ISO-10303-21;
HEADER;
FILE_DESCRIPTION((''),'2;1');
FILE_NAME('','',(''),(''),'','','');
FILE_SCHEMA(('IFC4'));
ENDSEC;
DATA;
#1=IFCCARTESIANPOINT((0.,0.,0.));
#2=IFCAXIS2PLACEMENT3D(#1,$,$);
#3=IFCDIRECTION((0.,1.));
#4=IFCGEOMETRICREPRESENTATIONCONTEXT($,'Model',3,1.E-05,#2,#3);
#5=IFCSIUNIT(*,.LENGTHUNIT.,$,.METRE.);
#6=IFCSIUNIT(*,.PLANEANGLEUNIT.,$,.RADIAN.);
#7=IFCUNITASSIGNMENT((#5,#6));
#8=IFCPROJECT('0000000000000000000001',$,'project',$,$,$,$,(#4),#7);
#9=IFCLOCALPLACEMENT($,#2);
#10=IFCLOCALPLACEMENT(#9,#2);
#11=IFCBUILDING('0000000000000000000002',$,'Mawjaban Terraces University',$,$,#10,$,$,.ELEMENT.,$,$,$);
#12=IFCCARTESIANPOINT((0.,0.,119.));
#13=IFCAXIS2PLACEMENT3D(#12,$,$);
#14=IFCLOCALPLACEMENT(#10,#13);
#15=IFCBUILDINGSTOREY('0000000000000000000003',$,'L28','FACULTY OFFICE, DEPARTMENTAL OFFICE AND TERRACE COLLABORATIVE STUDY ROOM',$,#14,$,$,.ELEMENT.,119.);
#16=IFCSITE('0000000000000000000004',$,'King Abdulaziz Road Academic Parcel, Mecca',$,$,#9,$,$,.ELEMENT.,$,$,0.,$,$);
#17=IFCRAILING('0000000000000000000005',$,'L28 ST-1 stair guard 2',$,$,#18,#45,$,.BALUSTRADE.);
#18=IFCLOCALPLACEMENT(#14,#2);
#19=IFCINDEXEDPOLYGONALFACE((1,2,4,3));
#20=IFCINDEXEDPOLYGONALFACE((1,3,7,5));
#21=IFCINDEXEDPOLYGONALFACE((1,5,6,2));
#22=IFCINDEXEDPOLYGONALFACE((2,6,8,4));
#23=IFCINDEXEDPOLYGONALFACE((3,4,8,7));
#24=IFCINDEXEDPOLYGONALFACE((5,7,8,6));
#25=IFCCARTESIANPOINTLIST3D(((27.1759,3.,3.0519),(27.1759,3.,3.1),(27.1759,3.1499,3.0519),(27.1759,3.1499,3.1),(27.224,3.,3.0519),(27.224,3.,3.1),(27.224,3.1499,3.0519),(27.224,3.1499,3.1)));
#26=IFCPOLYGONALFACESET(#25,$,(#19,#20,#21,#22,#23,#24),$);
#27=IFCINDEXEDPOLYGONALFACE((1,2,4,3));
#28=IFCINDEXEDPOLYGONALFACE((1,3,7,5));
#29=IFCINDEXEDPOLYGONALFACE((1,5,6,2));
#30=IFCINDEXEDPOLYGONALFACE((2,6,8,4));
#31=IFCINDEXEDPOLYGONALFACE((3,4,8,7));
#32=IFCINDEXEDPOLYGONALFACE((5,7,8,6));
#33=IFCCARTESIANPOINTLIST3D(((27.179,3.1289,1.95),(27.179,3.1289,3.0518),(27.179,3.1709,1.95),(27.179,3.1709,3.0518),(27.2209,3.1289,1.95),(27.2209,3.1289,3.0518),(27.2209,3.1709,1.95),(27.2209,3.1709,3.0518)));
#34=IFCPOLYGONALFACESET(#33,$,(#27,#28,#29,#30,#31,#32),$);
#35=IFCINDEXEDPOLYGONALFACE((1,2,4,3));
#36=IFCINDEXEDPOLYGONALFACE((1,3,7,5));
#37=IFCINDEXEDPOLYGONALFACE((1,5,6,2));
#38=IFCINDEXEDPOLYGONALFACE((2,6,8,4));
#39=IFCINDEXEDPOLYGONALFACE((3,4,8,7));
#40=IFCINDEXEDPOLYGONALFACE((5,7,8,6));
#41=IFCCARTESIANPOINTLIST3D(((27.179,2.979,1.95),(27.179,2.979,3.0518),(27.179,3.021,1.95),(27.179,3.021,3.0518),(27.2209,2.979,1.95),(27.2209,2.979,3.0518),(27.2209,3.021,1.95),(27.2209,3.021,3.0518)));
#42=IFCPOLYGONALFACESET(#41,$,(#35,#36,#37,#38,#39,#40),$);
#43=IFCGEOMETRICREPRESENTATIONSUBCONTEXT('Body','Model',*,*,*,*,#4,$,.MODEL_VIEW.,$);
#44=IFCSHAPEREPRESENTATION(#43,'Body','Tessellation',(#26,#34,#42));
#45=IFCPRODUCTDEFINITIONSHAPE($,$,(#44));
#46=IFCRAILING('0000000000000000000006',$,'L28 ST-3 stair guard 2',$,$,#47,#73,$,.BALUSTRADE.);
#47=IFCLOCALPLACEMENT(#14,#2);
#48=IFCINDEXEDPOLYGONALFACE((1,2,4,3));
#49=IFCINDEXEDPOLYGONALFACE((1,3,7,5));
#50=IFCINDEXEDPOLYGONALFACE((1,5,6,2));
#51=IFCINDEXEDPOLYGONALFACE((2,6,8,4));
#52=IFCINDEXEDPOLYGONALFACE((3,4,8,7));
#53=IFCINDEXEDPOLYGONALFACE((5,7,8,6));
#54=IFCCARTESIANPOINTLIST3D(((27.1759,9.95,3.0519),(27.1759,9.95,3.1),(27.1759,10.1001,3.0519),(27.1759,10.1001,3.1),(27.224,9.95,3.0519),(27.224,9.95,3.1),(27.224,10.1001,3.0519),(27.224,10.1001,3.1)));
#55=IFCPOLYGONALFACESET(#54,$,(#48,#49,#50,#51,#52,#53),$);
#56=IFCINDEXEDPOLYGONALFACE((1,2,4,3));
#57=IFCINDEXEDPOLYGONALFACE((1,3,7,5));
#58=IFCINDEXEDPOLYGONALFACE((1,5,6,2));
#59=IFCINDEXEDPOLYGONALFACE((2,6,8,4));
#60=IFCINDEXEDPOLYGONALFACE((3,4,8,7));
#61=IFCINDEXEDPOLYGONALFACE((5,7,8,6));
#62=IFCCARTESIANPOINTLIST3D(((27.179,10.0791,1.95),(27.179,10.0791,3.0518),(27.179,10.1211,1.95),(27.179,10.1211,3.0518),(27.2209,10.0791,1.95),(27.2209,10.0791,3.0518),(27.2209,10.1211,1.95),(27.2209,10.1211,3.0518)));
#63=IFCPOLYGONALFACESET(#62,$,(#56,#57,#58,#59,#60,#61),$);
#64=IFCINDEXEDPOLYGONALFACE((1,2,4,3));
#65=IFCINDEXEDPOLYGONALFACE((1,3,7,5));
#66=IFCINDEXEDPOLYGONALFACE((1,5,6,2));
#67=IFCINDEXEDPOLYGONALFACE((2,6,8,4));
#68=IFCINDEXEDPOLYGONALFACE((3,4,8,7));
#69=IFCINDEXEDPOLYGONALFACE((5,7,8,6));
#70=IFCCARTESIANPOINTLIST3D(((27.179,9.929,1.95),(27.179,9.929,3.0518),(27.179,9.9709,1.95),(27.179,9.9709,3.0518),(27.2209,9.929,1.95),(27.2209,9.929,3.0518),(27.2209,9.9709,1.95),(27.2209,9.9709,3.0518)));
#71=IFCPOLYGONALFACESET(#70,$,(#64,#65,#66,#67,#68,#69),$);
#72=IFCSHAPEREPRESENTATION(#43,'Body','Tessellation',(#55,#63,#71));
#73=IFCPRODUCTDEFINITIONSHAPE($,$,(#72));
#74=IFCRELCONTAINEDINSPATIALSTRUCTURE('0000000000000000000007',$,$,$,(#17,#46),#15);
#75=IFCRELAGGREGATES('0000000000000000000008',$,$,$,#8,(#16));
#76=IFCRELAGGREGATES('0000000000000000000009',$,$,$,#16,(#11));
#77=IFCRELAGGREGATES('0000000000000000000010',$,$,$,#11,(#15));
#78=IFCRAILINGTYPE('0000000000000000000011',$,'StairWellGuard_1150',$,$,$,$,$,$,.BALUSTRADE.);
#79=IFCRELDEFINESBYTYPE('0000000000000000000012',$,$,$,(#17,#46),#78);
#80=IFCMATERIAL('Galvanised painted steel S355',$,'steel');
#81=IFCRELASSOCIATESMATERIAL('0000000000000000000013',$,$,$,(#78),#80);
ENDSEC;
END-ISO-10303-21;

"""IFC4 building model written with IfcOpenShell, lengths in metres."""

from ifc_helpers import new_model, si_unit, direction, frame, origin, origin_2d, place, context, subcontext, project, spatial, rectangle, extrude, material, type_object, element, save


model = new_model("IFC4")

# Units and contexts
model_context = context("Model", 3, precision=1e-05, world=origin(), true_north=direction((0.0, 1.0)))
body_context = subcontext(model_context, "Body", "Model", "MODEL_VIEW")
ifc_project = project(units=[si_unit("LENGTHUNIT", "METRE"), si_unit("PLANEANGLEUNIT", "RADIAN")], contexts=[model_context])

# Site, building, storey
site_placement = place(None, origin())
site = spatial("IfcSite", under=ifc_project, at=site_placement, Name="King Abdulaziz Road Academic Parcel, Mecca", CompositionType="ELEMENT", RefElevation=0.0)
building_placement = place(site_placement, origin())
building = spatial("IfcBuilding", under=site, at=building_placement, Name="Mawjaban Terraces University", CompositionType="ELEMENT")
storey_placement = place(building_placement, frame((0.0, 0.0, 119.0)))
storey = spatial("IfcBuildingStorey", under=building, at=storey_placement, Name="L28", Description="FACULTY OFFICE, DEPARTMENTAL OFFICE AND TERRACE COLLABORATIVE STUDY ROOM", CompositionType="ELEMENT", Elevation=119.0)

# Railings
ifc_material_1 = material(Name="Galvanised painted steel S355", Category="steel")
railing_type_1 = type_object("IfcRailingType", Name="StairWellGuard_1150", PredefinedType="BALUSTRADE", material=ifc_material_1)
railing_1_placement = place(storey_placement, frame((27.2, 3.1499, 1.95)))
element("IfcRailing", 1, at=railing_1_placement, inside=storey, type_object=railing_type_1, Name="L28 ST-1 stair guard 2", PredefinedType="BALUSTRADE", context=body_context, shape_type="SweptSolid", body=[
    extrude(rectangle(XDim=0.0481, YDim=0.0481, at=origin_2d()), frame((0.0, 0.0, 1.126), z_axis=(0.0, -1.0, 0.0), x_axis=(1.0, 0.0, 0.0)), (0.0, 0.0, 1.0), 0.1499),
    extrude(rectangle(XDim=0.042, YDim=0.042, at=origin_2d()), origin(), (0.0, 0.0, 1.0), 1.1018),
    extrude(rectangle(XDim=0.042, YDim=0.042, at=origin_2d()), frame((0.0, -0.1499, 0.0)), (0.0, 0.0, 1.0), 1.1018),
])
railing_2_placement = place(storey_placement, frame((27.2, 10.1001, 1.95)))
element("IfcRailing", 2, at=railing_2_placement, inside=storey, type_object=railing_type_1, Name="L28 ST-3 stair guard 2", PredefinedType="BALUSTRADE", context=body_context, shape_type="SweptSolid", body=[
    extrude(rectangle(XDim=0.0481, YDim=0.0481, at=origin_2d()), frame((0.0, 0.0, 1.126), z_axis=(0.0, -1.0, 0.0), x_axis=(1.0, 0.0, 0.0)), (0.0, 0.0, 1.0), 0.1501),
    extrude(rectangle(XDim=0.042, YDim=0.042, at=origin_2d()), origin(), (0.0, 0.0, 1.0), 1.1018),
    extrude(rectangle(XDim=0.042, YDim=0.042, at=origin_2d()), frame((0.0, -0.1501, 0.0)), (0.0, 0.0, 1.0), 1.1018),
])

save(model, "model.ifc")
